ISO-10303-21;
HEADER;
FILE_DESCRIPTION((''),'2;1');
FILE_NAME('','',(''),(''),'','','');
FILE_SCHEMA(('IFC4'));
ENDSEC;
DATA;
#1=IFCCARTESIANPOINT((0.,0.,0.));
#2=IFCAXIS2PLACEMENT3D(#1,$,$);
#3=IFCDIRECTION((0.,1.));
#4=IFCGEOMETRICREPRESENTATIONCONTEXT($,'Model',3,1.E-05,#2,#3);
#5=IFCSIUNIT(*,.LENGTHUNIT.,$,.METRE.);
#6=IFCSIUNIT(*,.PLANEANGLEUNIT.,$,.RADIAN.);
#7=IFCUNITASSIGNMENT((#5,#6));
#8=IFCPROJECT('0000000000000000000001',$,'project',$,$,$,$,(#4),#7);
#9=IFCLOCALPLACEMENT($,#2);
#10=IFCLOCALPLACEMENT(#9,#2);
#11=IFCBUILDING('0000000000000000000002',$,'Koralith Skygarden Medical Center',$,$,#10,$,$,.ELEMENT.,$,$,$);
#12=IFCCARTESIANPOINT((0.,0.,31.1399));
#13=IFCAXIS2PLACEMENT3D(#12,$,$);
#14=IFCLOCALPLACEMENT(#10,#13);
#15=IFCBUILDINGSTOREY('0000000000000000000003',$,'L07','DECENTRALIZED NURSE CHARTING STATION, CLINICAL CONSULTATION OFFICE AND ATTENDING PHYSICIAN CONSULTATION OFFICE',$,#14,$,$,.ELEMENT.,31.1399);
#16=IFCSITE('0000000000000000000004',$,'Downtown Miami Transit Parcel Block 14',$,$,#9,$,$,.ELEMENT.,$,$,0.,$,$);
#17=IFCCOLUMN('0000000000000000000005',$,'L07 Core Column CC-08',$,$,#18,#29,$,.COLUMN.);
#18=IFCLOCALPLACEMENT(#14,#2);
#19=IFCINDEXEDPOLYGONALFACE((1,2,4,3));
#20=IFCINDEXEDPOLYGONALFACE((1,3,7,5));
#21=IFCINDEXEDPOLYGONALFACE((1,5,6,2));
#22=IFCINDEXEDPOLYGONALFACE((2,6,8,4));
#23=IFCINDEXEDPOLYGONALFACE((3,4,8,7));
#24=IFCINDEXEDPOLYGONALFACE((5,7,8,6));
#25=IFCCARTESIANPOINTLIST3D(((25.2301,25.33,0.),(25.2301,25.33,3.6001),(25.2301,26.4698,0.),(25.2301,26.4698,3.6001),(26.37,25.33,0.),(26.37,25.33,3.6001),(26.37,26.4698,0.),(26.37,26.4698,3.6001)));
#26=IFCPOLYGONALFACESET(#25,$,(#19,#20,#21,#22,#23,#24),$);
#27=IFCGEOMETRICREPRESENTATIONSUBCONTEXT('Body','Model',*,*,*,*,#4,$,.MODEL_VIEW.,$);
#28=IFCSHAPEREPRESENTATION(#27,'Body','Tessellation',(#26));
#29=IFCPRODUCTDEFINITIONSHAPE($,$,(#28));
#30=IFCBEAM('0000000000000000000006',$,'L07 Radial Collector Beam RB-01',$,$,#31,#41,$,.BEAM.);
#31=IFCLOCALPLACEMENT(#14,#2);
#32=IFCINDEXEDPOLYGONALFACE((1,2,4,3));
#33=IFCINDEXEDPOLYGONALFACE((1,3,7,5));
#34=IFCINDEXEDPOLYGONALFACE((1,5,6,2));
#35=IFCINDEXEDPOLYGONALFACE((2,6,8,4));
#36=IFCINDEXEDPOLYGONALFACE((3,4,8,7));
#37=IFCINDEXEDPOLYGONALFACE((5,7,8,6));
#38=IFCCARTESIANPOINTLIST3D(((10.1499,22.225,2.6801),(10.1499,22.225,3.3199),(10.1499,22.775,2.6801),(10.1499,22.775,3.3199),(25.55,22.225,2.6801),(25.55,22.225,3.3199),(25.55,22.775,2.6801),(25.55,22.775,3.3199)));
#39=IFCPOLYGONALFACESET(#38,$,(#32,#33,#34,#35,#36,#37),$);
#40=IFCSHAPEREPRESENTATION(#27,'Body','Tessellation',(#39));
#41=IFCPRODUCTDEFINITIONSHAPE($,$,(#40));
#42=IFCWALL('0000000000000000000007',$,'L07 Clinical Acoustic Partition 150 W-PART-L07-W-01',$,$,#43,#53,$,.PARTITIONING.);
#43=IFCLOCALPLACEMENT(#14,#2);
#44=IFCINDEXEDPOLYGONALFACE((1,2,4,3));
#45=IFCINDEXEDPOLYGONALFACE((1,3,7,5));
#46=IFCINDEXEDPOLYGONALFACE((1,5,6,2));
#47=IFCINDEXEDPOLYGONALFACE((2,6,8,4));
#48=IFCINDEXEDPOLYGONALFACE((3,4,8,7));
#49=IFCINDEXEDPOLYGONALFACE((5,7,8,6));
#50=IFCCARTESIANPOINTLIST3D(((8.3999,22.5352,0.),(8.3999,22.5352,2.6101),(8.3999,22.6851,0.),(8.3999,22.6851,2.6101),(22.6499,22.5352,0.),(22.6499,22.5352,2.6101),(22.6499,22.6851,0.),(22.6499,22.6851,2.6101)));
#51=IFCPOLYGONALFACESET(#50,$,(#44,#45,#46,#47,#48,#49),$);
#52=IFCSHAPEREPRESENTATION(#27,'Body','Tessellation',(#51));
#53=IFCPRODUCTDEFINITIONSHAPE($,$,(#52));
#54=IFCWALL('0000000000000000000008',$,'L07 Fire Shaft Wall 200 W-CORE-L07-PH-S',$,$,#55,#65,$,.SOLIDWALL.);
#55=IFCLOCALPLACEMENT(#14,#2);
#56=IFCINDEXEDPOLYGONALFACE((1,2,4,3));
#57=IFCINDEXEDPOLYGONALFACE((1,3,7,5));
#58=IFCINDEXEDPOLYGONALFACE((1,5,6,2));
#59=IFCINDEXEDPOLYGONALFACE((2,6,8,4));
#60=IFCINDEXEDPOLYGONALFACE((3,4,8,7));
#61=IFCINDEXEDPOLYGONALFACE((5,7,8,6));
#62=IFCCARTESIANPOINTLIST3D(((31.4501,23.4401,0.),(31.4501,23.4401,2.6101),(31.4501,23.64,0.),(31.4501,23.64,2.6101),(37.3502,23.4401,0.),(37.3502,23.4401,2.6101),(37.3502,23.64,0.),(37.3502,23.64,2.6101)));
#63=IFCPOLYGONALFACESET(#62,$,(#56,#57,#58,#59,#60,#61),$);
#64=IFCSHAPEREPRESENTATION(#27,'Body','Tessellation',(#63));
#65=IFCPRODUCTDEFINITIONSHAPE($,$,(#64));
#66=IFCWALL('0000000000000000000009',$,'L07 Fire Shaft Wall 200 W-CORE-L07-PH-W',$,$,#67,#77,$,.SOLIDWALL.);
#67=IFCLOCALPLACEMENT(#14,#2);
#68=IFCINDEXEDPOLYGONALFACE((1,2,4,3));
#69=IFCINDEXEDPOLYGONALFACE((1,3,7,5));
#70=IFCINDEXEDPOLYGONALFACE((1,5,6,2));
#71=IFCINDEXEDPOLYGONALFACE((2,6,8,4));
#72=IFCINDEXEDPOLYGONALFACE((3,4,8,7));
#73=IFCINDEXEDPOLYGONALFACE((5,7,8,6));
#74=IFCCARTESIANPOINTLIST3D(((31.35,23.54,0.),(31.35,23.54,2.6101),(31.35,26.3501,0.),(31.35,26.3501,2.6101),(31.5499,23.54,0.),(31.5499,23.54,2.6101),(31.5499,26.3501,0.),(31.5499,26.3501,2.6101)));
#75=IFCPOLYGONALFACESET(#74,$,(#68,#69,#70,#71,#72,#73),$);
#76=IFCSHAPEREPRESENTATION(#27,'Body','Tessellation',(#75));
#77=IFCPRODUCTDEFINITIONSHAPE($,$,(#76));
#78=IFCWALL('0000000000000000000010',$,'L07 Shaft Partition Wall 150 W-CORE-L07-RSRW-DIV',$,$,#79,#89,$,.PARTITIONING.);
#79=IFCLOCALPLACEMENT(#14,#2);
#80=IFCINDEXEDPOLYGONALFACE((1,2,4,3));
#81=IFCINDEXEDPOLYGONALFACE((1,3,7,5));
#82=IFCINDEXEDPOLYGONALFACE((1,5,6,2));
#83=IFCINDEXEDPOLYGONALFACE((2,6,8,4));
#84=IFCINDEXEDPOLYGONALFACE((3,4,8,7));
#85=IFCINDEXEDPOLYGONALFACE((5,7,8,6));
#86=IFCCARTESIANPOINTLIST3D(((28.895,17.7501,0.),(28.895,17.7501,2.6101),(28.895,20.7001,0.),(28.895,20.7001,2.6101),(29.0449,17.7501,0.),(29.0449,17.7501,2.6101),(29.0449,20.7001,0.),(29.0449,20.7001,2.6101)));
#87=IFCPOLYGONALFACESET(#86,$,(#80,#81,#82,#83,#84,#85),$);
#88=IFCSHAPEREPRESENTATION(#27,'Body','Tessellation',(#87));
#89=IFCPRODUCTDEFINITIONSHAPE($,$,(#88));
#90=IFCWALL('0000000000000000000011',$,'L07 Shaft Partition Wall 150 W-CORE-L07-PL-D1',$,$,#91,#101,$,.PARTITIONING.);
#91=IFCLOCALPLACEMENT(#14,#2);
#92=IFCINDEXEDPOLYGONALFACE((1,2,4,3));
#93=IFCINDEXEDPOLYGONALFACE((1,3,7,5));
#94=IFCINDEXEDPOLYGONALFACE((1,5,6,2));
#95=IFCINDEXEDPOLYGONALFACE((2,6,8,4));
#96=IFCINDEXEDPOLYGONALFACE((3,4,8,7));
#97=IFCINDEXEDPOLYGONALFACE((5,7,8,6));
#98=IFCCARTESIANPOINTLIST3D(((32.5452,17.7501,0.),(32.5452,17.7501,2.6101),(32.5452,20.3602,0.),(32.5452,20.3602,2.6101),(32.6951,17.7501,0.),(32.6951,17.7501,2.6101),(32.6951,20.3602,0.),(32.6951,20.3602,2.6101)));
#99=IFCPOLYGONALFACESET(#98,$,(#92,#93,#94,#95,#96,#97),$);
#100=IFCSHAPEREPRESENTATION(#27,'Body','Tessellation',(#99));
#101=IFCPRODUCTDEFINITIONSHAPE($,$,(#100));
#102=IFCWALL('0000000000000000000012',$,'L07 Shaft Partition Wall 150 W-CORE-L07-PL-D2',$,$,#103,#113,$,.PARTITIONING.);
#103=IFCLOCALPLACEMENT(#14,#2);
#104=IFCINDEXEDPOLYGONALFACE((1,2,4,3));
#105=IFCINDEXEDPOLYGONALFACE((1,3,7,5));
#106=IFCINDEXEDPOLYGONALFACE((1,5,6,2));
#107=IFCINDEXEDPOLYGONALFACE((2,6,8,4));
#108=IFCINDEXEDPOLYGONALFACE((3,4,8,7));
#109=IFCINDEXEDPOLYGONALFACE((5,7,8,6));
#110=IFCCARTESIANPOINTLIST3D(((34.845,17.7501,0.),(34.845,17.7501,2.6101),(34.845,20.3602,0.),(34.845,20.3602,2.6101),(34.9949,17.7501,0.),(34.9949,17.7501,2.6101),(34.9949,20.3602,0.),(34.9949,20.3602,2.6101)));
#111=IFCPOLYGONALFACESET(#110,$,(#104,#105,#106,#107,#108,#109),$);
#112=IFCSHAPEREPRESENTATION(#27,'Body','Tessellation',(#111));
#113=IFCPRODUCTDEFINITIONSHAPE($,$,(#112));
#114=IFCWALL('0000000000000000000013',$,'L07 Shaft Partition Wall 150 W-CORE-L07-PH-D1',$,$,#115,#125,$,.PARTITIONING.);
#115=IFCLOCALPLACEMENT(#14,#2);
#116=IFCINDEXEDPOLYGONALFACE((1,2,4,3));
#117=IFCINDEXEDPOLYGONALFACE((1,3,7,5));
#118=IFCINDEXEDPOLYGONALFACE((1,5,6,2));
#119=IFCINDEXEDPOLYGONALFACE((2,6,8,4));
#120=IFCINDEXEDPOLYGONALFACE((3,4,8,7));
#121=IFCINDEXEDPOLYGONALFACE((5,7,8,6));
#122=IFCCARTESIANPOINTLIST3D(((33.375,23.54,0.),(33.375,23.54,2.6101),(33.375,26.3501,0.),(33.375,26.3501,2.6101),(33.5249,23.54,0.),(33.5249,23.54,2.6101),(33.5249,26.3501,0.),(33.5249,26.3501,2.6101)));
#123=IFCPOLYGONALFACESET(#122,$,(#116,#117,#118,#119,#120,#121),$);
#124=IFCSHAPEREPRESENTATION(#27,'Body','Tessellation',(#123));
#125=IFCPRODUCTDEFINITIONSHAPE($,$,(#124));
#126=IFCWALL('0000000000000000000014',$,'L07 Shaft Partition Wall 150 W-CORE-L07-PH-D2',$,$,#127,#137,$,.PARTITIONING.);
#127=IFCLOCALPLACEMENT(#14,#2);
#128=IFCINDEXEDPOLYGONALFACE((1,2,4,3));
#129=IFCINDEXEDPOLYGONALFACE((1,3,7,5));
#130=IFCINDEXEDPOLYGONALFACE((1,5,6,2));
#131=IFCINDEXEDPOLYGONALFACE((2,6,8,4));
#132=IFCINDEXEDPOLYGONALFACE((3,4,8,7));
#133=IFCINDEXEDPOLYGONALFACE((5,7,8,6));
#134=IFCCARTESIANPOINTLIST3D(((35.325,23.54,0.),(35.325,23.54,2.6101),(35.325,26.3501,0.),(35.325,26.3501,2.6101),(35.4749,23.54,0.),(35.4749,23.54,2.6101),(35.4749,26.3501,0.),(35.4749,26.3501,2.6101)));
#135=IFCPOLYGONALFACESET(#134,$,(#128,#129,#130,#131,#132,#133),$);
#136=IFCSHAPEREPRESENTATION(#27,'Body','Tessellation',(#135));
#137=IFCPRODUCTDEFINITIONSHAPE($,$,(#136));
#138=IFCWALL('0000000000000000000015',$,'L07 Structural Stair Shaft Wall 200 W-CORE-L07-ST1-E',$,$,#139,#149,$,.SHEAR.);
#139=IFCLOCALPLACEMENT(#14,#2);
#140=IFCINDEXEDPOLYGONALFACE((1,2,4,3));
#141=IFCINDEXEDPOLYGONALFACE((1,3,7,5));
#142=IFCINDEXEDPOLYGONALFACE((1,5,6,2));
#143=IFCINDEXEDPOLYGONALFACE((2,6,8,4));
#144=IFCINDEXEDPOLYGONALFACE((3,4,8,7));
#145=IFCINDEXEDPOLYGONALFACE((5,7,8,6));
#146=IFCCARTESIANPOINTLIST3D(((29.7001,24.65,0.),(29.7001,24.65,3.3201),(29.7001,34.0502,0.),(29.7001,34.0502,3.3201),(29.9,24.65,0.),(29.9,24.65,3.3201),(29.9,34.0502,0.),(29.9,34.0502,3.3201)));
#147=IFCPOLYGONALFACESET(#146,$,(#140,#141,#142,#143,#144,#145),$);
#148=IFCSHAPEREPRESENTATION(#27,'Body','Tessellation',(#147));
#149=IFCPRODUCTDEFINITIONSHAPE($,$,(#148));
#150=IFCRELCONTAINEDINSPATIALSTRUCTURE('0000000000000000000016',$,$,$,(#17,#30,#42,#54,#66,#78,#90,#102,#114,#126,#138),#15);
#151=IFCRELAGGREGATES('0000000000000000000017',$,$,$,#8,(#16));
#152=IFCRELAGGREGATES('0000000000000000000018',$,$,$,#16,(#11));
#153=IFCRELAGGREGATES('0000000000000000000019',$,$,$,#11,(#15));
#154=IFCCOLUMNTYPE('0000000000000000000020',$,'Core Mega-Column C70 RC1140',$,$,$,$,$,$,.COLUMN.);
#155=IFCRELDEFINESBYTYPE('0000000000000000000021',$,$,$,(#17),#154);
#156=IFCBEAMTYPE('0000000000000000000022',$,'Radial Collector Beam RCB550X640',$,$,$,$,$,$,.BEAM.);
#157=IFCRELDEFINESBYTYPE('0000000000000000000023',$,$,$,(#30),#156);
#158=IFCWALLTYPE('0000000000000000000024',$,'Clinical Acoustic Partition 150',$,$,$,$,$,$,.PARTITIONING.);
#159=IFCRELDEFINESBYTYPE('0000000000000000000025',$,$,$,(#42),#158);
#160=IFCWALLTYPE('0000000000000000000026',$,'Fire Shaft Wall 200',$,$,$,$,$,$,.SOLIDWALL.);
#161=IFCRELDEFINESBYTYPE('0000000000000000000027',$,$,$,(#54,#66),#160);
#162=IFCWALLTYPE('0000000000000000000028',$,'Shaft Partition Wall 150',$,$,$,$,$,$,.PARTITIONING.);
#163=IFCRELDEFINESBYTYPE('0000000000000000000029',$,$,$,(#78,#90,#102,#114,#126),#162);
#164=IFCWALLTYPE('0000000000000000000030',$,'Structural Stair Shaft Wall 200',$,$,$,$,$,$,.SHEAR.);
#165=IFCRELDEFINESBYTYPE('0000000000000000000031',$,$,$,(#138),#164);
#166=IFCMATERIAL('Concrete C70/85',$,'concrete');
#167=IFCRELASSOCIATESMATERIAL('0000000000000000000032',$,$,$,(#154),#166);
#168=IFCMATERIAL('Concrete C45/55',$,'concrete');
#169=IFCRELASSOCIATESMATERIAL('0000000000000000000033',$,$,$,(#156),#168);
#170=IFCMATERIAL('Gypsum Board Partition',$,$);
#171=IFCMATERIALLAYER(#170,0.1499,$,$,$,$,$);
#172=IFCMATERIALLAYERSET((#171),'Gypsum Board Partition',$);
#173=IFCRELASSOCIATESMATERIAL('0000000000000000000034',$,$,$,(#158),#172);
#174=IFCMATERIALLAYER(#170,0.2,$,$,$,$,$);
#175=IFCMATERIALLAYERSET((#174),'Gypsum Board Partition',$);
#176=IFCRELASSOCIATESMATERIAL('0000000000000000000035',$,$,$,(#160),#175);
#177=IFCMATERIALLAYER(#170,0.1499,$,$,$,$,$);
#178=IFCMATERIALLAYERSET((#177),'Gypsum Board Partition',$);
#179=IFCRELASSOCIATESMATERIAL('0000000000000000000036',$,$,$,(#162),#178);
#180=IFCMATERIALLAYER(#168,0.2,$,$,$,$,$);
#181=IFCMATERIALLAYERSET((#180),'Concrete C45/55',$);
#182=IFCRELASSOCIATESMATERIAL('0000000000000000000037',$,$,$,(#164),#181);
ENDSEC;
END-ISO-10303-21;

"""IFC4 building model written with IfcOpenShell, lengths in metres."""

from ifc_helpers import new_model, si_unit, direction, frame, frame_2d, origin, origin_2d, place, context, subcontext, project, spatial, rectangle, extrude, material, layer, layer_set, material_profile, profile_set, type_object, element, save


model = new_model("IFC4")

# Units and contexts
model_context = context("Model", 3, precision=1e-05, world=origin(), true_north=direction((0.0, 1.0)))
body_context = subcontext(model_context, "Body", "Model", "MODEL_VIEW")
ifc_project = project(units=[si_unit("LENGTHUNIT", "METRE"), si_unit("PLANEANGLEUNIT", "RADIAN")], contexts=[model_context])

# Site, building, storey
site_placement = place(None, origin())
site = spatial("IfcSite", under=ifc_project, at=site_placement, Name="Downtown Miami Transit Parcel Block 14", CompositionType="ELEMENT", RefElevation=0.0)
building_placement = place(site_placement, origin())
building = spatial("IfcBuilding", under=site, at=building_placement, Name="Koralith Skygarden Medical Center", CompositionType="ELEMENT")
storey_placement = place(building_placement, frame((0.0, 0.0, 31.1399)))
storey = spatial("IfcBuildingStorey", under=building, at=storey_placement, Name="L07", Description="DECENTRALIZED NURSE CHARTING STATION, CLINICAL CONSULTATION OFFICE AND ATTENDING PHYSICIAN CONSULTATION OFFICE", CompositionType="ELEMENT", Elevation=31.1399)

# Column
ifc_material_1 = material(Name="Concrete C70/85", Category="concrete")
ifc_material_profile_1 = material_profile(ifc_material_1, rectangle(XDim=1.1399, YDim=1.1399, at=origin_2d()), Name="RC1140X1140")
ifc_profile_set_1 = profile_set([ifc_material_profile_1], Name="Concrete C70/85")
column_type = type_object("IfcColumnType", Name="Core Mega-Column C70 RC1140", PredefinedType="COLUMN", material=ifc_profile_set_1)
column_placement = place(storey_placement, frame((25.8, 25.8999, 0.0), z_axis=(0.0, 0.0, 1.0), x_axis=(1.0, 0.0, 0.0)))
element("IfcColumn", 1, at=column_placement, inside=storey, type_object=column_type, Name="L07 Core Column CC-08", PredefinedType="COLUMN", context=body_context, shape_type="SweptSolid", body=[
    extrude(rectangle(XDim=1.1399, YDim=1.1399, at=origin_2d()), origin(), (0.0, 0.0, 1.0), 3.6001),
])

# Beam
ifc_material_2 = material(Name="Concrete C45/55", Category="concrete")
ifc_material_profile_2 = material_profile(ifc_material_2, rectangle(XDim=0.55, YDim=0.6399, at=origin_2d()), Name="RCB550X640")
ifc_profile_set_2 = profile_set([ifc_material_profile_2], Name="Concrete C45/55")
beam_type = type_object("IfcBeamType", Name="Radial Collector Beam RCB550X640", PredefinedType="BEAM", material=ifc_profile_set_2)
beam_placement = place(storey_placement, frame((25.55, 22.5, 3.0), z_axis=(-1.0, 0.0, 0.0), x_axis=(0.0, -1.0, 0.0)))
element("IfcBeam", 2, at=beam_placement, inside=storey, type_object=beam_type, Name="L07 Radial Collector Beam RB-01", PredefinedType="BEAM", context=body_context, shape_type="SweptSolid", body=[
    extrude(rectangle(XDim=0.55, YDim=0.6399, at=origin_2d()), origin(), (0.0, 0.0, 1.0), 15.4001),
])

# Wall
ifc_material_3 = material(Name="Gypsum Board Partition")
ifc_layer_1 = layer(ifc_material_3, 0.1499)
ifc_layer_set_1 = layer_set([ifc_layer_1], Name="Gypsum Board Partition")
wall_type_1 = type_object("IfcWallType", Name="Clinical Acoustic Partition 150", PredefinedType="PARTITIONING", material=ifc_layer_set_1)
wall_1_placement = place(storey_placement, frame((22.6499, 22.6101, 0.0), z_axis=(0.0, 0.0, 1.0), x_axis=(-1.0, 0.0, 0.0)))
element("IfcWall", 3, at=wall_1_placement, inside=storey, type_object=wall_type_1, Name="L07 Clinical Acoustic Partition 150 W-PART-L07-W-01", PredefinedType="PARTITIONING", context=body_context, shape_type="SweptSolid", body=[
    extrude(rectangle(XDim=14.25, YDim=0.1499, at=frame_2d((7.125, 0.0))), origin(), (0.0, 0.0, 1.0), 2.6101),
])

# Shared definitions
ifc_layer_2 = layer(ifc_material_3, 0.2)
ifc_layer_set_2 = layer_set([ifc_layer_2], Name="Gypsum Board Partition")
wall_type_2 = type_object("IfcWallType", Name="Fire Shaft Wall 200", PredefinedType="SOLIDWALL", material=ifc_layer_set_2)

# Walls
wall_2_placement = place(storey_placement, frame((31.45, 23.54, 0.0), z_axis=(0.0, 0.0, 1.0), x_axis=(1.0, 0.0, 0.0)))
element("IfcWall", 4, at=wall_2_placement, inside=storey, type_object=wall_type_2, Name="L07 Fire Shaft Wall 200 W-CORE-L07-PH-S", PredefinedType="SOLIDWALL", context=body_context, shape_type="SweptSolid", body=[
    extrude(rectangle(XDim=5.9001, YDim=0.2, at=frame_2d((2.9502, 0.0))), origin(), (0.0, 0.0, 1.0), 2.6101),
])
wall_3_placement = place(storey_placement, frame((31.45, 23.54, 0.0), z_axis=(0.0, 0.0, 1.0), x_axis=(0.0, 1.0, 0.0)))
element("IfcWall", 5, at=wall_3_placement, inside=storey, type_object=wall_type_2, Name="L07 Fire Shaft Wall 200 W-CORE-L07-PH-W", PredefinedType="SOLIDWALL", context=body_context, shape_type="SweptSolid", body=[
    extrude(rectangle(XDim=2.8101, YDim=0.2, at=frame_2d((1.405, 0.0))), origin(), (0.0, 0.0, 1.0), 2.6101),
])

# Walls
ifc_layer_3 = layer(ifc_material_3, 0.1499)
ifc_layer_set_3 = layer_set([ifc_layer_3], Name="Gypsum Board Partition")
wall_type_3 = type_object("IfcWallType", Name="Shaft Partition Wall 150", PredefinedType="PARTITIONING", material=ifc_layer_set_3)
wall_4_placement = place(storey_placement, frame((28.97, 17.75, 0.0), z_axis=(0.0, 0.0, 1.0), x_axis=(0.0, 1.0, 0.0)))
element("IfcWall", 6, at=wall_4_placement, inside=storey, type_object=wall_type_3, Name="L07 Shaft Partition Wall 150 W-CORE-L07-RSRW-DIV", PredefinedType="PARTITIONING", context=body_context, shape_type="SweptSolid", body=[
    extrude(rectangle(XDim=2.95, YDim=0.1499, at=frame_2d((1.4751, 0.0))), origin(), (0.0, 0.0, 1.0), 2.6101),
])
for number, where, z_axis, x_axis, name in (
    (7, (32.6201, 17.75, 0.0), (0.0, 0.0, 1.0), (0.0, 1.0, 0.0), "L07 Shaft Partition Wall 150 W-CORE-L07-PL-D1"),
    (8, (34.9199, 17.75, 0.0), (0.0, 0.0, 1.0), (0.0, 1.0, 0.0), "L07 Shaft Partition Wall 150 W-CORE-L07-PL-D2"),
):
    element("IfcWall", number, at=place(storey_placement, frame(where, z_axis=z_axis, x_axis=x_axis)), inside=storey, type_object=wall_type_3, Name=name, PredefinedType="PARTITIONING", context=body_context, shape_type="SweptSolid", body=[
        extrude(rectangle(XDim=2.6101, YDim=0.1499, at=frame_2d((1.3052, 0.0))), origin(), (0.0, 0.0, 1.0), 2.6101),
    ])
for number, where, z_axis, x_axis, name in (
    (9, (33.45, 23.54, 0.0), (0.0, 0.0, 1.0), (0.0, 1.0, 0.0), "L07 Shaft Partition Wall 150 W-CORE-L07-PH-D1"),
    (10, (35.3999, 23.54, 0.0), (0.0, 0.0, 1.0), (0.0, 1.0, 0.0), "L07 Shaft Partition Wall 150 W-CORE-L07-PH-D2"),
):
    element("IfcWall", number, at=place(storey_placement, frame(where, z_axis=z_axis, x_axis=x_axis)), inside=storey, type_object=wall_type_3, Name=name, PredefinedType="PARTITIONING", context=body_context, shape_type="SweptSolid", body=[
        extrude(rectangle(XDim=2.8101, YDim=0.1499, at=frame_2d((1.405, 0.0))), origin(), (0.0, 0.0, 1.0), 2.6101),
    ])
ifc_layer_4 = layer(ifc_material_2, 0.2)
ifc_layer_set_4 = layer_set([ifc_layer_4], Name="Concrete C45/55")
wall_type_4 = type_object("IfcWallType", Name="Structural Stair Shaft Wall 200", PredefinedType="SHEAR", material=ifc_layer_set_4)
wall_5_placement = place(storey_placement, frame((29.8, 24.6499, 0.0), z_axis=(0.0, 0.0, 1.0), x_axis=(0.0, 1.0, 0.0)))
element("IfcWall", 11, at=wall_5_placement, inside=storey, type_object=wall_type_4, Name="L07 Structural Stair Shaft Wall 200 W-CORE-L07-ST1-E", PredefinedType="SHEAR", context=body_context, shape_type="SweptSolid", body=[
    extrude(rectangle(XDim=9.4001, YDim=0.2, at=frame_2d((4.7002, 0.0))), origin(), (0.0, 0.0, 1.0), 3.3201),
])

save(model, "model.ifc")
